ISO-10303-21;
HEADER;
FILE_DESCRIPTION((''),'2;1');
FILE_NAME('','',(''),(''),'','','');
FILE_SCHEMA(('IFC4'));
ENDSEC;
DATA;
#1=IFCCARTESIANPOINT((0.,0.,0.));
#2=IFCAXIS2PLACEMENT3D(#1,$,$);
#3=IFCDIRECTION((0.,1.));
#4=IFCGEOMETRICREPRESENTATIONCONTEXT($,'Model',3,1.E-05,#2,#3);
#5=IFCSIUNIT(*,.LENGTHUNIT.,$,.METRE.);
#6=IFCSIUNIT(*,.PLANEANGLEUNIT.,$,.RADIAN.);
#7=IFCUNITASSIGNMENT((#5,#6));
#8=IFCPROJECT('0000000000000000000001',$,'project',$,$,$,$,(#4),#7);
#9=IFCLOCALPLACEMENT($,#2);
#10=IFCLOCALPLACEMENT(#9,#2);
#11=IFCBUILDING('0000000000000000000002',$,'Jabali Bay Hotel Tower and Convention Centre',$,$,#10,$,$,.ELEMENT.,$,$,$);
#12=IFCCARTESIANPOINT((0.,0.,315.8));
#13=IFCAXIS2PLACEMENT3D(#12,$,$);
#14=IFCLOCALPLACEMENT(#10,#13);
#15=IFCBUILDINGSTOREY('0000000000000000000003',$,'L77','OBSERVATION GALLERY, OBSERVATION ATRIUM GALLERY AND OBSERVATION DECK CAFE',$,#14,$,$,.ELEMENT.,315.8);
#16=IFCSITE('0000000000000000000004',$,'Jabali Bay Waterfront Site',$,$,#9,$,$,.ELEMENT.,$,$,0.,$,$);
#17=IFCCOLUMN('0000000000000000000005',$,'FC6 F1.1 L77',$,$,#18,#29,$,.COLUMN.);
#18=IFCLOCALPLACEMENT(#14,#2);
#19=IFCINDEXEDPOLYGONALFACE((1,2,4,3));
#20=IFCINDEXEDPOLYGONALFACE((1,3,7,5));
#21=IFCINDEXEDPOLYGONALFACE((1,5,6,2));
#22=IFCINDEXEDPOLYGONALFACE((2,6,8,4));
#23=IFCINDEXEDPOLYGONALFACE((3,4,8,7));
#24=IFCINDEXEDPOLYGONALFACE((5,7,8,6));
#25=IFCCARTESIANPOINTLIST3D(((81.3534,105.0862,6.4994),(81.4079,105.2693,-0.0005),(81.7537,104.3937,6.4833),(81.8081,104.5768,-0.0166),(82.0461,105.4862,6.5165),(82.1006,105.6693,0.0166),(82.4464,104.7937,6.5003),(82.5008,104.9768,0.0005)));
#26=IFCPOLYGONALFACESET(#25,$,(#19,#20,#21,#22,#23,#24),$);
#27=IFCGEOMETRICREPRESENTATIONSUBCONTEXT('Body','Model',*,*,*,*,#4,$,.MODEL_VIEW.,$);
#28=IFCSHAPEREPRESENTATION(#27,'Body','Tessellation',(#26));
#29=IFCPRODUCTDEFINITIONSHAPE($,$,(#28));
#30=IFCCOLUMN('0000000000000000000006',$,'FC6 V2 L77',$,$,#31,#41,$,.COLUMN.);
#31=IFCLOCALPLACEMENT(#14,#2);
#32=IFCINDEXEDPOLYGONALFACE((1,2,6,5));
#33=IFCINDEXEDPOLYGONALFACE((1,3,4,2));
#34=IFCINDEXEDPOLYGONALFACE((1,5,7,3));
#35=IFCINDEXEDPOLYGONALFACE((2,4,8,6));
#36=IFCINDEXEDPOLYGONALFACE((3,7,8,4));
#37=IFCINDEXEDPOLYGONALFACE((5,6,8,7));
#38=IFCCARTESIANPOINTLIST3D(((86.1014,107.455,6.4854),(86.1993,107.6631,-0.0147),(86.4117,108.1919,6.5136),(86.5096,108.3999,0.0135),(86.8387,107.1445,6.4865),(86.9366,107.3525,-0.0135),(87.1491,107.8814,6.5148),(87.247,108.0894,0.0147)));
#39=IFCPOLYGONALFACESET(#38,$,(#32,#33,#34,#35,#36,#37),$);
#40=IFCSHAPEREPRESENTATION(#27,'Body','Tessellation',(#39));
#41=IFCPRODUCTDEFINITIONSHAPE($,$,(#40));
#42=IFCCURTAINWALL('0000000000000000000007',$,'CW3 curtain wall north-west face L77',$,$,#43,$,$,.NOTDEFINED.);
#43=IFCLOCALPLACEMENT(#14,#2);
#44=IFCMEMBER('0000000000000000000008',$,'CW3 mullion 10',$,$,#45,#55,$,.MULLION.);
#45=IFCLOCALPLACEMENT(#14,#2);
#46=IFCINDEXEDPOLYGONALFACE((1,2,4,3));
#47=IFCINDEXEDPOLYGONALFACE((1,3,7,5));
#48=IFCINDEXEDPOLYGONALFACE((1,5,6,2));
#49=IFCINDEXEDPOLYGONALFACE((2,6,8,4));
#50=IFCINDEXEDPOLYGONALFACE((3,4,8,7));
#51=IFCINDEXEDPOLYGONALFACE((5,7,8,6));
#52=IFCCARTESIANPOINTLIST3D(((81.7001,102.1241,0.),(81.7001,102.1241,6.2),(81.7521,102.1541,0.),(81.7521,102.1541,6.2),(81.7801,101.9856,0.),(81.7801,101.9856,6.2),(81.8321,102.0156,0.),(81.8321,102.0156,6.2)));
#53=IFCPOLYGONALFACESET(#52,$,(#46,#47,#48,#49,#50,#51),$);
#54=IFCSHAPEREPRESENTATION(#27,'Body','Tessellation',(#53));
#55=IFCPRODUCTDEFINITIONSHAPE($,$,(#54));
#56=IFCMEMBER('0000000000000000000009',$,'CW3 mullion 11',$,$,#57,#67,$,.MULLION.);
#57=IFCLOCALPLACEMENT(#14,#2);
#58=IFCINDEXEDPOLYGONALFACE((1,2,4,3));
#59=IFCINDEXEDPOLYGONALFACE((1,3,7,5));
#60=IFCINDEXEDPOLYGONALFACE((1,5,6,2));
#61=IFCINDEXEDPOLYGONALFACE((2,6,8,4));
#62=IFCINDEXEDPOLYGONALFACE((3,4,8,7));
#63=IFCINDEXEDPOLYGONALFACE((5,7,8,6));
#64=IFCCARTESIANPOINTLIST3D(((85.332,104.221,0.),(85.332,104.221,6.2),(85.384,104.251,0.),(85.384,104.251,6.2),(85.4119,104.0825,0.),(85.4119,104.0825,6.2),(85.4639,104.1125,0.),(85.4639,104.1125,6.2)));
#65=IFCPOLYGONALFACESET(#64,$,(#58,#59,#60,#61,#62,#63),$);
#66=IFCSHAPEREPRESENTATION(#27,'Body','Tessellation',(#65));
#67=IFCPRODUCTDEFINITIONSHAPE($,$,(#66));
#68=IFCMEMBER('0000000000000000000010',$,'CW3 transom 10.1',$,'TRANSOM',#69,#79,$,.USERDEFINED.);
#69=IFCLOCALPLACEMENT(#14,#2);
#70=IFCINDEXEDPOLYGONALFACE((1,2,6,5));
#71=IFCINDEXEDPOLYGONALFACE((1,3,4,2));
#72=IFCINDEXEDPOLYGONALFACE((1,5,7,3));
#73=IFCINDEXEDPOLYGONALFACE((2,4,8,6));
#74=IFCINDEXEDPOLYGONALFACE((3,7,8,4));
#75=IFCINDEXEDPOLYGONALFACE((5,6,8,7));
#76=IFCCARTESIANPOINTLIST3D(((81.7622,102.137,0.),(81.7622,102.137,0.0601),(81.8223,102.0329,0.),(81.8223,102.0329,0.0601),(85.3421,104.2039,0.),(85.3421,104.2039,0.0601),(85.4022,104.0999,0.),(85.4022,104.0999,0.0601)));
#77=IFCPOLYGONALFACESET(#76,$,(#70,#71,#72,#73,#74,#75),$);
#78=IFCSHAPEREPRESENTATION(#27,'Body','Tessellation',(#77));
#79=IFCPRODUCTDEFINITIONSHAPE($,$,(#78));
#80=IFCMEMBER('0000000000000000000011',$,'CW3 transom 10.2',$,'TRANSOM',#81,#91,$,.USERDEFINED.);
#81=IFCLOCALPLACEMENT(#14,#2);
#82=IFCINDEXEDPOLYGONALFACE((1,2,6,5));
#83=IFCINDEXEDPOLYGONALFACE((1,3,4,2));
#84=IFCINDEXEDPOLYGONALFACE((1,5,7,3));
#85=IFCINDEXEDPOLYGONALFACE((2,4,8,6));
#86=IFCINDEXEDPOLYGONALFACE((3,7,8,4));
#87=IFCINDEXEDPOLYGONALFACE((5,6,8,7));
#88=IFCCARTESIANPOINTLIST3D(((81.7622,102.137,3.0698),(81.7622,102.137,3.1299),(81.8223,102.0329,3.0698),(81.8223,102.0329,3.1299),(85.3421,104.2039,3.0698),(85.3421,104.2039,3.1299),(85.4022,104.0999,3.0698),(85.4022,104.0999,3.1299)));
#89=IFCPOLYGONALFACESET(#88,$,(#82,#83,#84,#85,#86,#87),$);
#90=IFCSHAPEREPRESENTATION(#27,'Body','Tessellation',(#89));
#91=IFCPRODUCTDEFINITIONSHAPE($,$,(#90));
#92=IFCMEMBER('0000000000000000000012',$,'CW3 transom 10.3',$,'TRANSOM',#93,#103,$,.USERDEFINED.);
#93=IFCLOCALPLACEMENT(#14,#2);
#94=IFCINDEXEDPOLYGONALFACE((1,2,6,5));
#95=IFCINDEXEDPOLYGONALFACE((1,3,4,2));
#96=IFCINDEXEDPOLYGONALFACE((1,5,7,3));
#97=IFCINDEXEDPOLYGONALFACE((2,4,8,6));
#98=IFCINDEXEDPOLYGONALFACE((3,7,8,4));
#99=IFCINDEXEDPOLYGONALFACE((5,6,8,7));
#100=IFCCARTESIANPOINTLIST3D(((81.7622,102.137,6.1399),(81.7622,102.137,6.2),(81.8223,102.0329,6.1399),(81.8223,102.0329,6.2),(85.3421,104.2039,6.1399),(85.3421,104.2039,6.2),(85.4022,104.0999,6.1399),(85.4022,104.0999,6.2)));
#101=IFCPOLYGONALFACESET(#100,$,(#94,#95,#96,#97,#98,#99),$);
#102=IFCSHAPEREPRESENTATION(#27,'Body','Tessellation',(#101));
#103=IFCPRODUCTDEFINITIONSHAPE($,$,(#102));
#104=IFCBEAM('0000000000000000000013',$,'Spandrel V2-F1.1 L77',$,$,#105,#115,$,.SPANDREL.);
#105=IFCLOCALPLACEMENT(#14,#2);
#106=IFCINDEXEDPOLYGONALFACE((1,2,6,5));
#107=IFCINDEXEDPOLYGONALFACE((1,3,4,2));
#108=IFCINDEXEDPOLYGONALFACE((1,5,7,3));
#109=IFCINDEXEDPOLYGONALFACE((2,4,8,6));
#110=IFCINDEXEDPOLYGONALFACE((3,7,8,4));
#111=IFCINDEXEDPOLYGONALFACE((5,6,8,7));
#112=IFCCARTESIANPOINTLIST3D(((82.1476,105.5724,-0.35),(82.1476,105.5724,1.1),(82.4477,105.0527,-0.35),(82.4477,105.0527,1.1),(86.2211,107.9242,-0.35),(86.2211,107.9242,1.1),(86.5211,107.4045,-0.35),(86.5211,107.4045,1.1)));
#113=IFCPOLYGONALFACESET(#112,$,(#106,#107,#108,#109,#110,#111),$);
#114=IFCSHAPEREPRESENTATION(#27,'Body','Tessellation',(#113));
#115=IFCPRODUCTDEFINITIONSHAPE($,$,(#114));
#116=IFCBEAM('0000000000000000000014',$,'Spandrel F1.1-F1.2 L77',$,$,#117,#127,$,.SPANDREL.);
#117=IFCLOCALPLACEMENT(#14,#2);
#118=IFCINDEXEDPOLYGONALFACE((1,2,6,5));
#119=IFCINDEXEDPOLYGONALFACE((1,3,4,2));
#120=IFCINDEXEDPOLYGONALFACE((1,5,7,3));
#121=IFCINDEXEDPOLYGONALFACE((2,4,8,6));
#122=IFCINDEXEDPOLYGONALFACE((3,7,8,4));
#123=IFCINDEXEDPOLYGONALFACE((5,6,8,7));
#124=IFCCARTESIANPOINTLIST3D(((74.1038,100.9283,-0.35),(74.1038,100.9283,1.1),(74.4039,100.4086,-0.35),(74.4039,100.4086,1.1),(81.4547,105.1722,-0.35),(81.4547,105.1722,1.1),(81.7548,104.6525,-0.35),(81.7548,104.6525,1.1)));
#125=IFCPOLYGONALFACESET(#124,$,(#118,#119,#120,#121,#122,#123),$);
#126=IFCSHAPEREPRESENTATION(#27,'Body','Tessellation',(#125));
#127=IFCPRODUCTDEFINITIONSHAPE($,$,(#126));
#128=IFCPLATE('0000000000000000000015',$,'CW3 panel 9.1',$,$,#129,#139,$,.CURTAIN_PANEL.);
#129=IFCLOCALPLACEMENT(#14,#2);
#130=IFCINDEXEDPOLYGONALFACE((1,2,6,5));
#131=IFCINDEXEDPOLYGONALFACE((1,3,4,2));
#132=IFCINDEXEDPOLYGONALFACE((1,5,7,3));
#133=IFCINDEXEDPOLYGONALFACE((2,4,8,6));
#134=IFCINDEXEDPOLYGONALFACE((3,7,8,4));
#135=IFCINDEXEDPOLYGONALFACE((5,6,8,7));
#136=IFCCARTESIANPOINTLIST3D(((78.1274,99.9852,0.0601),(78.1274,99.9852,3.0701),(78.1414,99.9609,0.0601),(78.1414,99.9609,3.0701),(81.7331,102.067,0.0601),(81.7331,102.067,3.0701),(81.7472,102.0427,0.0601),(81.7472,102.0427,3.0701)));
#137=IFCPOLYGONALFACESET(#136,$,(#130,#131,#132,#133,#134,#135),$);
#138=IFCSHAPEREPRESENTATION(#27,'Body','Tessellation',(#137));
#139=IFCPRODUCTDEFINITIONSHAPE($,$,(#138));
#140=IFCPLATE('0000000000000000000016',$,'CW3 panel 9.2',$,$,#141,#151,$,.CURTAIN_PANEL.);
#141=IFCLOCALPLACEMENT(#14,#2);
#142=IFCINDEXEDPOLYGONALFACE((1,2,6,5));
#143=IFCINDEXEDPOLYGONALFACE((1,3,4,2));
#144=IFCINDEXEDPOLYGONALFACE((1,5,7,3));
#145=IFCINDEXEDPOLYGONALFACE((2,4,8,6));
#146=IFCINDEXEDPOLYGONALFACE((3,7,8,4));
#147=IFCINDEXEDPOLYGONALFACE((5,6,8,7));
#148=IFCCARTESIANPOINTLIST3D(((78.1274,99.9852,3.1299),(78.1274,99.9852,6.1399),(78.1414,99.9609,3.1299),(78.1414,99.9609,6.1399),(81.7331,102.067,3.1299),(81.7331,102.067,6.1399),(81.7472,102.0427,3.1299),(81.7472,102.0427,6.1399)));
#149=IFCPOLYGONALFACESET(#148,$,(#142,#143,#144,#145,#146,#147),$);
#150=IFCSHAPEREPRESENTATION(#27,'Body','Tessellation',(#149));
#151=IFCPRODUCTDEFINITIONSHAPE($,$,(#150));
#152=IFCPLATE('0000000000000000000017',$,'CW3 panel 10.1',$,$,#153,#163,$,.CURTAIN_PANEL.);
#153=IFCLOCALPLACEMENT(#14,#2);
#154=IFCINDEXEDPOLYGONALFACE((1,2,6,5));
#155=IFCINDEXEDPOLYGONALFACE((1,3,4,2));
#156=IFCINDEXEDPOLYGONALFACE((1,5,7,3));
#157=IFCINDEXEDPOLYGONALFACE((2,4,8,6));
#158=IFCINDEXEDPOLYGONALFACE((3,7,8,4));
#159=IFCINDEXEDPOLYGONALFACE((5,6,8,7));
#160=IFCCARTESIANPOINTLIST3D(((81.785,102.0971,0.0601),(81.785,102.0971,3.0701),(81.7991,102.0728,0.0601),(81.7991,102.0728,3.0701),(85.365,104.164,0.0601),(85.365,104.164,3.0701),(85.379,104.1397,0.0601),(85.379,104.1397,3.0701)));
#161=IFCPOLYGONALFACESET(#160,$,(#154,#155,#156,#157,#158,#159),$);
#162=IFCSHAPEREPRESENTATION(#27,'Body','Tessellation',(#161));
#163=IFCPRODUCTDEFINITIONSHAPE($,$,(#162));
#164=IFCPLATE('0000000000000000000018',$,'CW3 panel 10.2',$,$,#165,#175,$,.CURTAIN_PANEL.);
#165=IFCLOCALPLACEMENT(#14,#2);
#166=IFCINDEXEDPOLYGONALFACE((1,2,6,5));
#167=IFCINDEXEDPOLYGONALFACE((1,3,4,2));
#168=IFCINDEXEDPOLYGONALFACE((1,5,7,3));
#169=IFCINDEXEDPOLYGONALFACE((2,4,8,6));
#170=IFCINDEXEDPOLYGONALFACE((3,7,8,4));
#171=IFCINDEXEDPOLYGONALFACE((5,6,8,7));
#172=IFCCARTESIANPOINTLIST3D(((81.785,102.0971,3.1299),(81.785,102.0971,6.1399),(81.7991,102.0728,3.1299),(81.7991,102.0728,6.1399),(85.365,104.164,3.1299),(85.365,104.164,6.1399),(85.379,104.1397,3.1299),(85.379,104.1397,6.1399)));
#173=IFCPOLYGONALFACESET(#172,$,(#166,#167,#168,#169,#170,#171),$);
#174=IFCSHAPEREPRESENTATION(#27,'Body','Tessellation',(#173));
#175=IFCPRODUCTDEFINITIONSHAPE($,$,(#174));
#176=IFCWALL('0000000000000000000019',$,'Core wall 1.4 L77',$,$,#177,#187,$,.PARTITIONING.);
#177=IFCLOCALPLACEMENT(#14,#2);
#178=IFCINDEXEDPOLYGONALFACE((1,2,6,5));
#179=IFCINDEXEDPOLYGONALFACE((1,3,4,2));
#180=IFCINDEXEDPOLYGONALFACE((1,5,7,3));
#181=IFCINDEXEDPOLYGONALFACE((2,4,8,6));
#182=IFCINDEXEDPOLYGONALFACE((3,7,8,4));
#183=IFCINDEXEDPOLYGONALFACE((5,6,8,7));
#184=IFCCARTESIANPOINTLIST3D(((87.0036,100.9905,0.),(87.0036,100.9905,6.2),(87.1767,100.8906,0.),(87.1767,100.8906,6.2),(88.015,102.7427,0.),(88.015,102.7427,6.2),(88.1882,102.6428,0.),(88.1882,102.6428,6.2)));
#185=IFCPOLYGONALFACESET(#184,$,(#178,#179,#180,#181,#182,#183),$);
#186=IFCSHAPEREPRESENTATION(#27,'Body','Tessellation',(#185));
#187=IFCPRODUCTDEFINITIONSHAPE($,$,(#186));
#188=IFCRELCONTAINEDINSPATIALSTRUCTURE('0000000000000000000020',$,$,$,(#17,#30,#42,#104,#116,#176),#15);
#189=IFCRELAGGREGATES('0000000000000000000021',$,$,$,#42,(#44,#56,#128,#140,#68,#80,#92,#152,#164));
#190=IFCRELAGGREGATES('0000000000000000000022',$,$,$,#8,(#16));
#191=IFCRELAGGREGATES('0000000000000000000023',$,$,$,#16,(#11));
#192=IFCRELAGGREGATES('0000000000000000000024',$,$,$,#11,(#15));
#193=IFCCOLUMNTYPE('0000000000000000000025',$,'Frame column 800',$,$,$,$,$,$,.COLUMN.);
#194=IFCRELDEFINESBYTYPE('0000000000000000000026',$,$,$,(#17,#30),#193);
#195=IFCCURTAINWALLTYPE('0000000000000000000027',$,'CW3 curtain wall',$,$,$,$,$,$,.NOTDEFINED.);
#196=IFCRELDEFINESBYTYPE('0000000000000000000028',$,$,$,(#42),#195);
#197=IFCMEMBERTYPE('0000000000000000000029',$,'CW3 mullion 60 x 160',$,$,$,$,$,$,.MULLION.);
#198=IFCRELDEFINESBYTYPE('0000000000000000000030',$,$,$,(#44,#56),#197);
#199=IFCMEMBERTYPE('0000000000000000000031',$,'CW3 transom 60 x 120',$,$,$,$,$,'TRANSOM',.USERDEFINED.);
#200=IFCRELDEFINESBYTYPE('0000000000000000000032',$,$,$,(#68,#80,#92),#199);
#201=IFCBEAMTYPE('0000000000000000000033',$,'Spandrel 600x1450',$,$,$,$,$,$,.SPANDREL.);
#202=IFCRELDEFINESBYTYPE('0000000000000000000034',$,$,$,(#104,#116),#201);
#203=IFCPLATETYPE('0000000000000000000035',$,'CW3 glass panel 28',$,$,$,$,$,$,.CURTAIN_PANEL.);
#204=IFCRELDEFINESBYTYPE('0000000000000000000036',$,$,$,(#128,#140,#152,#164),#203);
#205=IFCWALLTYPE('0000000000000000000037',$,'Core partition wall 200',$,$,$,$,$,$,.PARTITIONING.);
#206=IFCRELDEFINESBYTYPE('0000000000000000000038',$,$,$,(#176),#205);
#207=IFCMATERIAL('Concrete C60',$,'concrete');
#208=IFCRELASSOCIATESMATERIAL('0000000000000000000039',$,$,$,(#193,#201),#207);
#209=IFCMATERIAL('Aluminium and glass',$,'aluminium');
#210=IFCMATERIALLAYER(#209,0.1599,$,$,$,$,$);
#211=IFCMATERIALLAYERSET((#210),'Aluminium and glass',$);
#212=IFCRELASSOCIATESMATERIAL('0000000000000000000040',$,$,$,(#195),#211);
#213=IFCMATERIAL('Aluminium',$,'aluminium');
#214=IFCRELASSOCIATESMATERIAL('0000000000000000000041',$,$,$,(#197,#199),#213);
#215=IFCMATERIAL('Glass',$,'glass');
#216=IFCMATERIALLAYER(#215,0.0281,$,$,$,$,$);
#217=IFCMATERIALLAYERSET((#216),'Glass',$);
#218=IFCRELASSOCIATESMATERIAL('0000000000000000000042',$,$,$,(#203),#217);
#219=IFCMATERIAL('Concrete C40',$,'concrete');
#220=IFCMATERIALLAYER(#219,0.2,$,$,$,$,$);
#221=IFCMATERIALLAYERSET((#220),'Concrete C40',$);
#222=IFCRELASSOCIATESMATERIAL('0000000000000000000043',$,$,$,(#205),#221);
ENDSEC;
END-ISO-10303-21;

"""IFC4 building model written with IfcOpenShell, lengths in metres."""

from ifc_helpers import new_model, si_unit, direction, frame, frame_2d, origin, origin_2d, place, context, subcontext, project, spatial, rectangle, extrude, material, layer, layer_set, material_profile, profile_set, type_object, element, aggregate, save


model = new_model("IFC4")

# Units and contexts
model_context = context("Model", 3, precision=1e-05, world=origin(), true_north=direction((0.0, 1.0)))
body_context = subcontext(model_context, "Body", "Model", "MODEL_VIEW")
ifc_project = project(units=[si_unit("LENGTHUNIT", "METRE"), si_unit("PLANEANGLEUNIT", "RADIAN")], contexts=[model_context])

# Site, building, storey
site_placement = place(None, origin())
site = spatial("IfcSite", under=ifc_project, at=site_placement, Name="Jabali Bay Waterfront Site", CompositionType="ELEMENT", RefElevation=0.0)
building_placement = place(site_placement, origin())
building = spatial("IfcBuilding", under=site, at=building_placement, Name="Jabali Bay Hotel Tower and Convention Centre", CompositionType="ELEMENT")
storey_placement = place(building_placement, frame((0.0, 0.0, 315.8)))
storey = spatial("IfcBuildingStorey", under=building, at=storey_placement, Name="L77", Description="OBSERVATION GALLERY, OBSERVATION ATRIUM GALLERY AND OBSERVATION DECK CAFE", CompositionType="ELEMENT", Elevation=315.8)

# Columns
ifc_material_1 = material(Name="Concrete C60", Category="concrete")
ifc_material_profile_1 = material_profile(ifc_material_1, rectangle(XDim=0.8, YDim=0.8, at=origin_2d()), Name="Frame column 800")
ifc_profile_set_1 = profile_set([ifc_material_profile_1], Name="Concrete C60")
column_type = type_object("IfcColumnType", Name="Frame column 800", PredefinedType="COLUMN", material=ifc_profile_set_1)
column_1_placement = place(storey_placement, frame((81.9543, 105.123, 0.0), z_axis=(-0.008372, -0.028158, 0.999568), x_axis=(0.865808, 0.499921, 0.021335)))
element("IfcColumn", 1, at=column_1_placement, inside=storey, type_object=column_type, Name="FC6 F1.1 L77", PredefinedType="COLUMN", context=body_context, shape_type="SweptSolid", body=[
    extrude(rectangle(XDim=0.8, YDim=0.8, at=origin_2d()), origin(), (0.0, 0.0, 1.0), 6.5027),
])
column_2_placement = place(storey_placement, frame((86.7231, 107.8762, 0.0), z_axis=(-0.015052, -0.031981, 0.999375), x_axis=(0.921589, -0.388165, 0.001459)))
element("IfcColumn", 2, at=column_2_placement, inside=storey, type_object=column_type, Name="FC6 V2 L77", PredefinedType="COLUMN", context=body_context, shape_type="SweptSolid", body=[
    extrude(rectangle(XDim=0.8, YDim=0.8, at=origin_2d()), origin(), (0.0, 0.0, 1.0), 6.5042),
])

# Curtain wall, members
ifc_material_2 = material(Name="Aluminium and glass", Category="aluminium")
ifc_layer_1 = layer(ifc_material_2, 0.1599)
ifc_layer_set_1 = layer_set([ifc_layer_1], Name="Aluminium and glass")
curtain_wall_type = type_object("IfcCurtainWallType", Name="CW3 curtain wall", PredefinedType="NOTDEFINED", material=ifc_layer_set_1)
curtain_wall_placement = place(storey_placement, origin())
curtain_wall = element("IfcCurtainWall", 3, at=curtain_wall_placement, inside=storey, type_object=curtain_wall_type, Name="CW3 curtain wall north-west face L77", PredefinedType="NOTDEFINED")
ifc_material_3 = material(Name="Aluminium", Category="aluminium")
ifc_material_profile_2 = material_profile(ifc_material_3, rectangle(XDim=0.1599, YDim=0.0601, at=origin_2d()), Name="CW3 mullion 60 x 160")
ifc_profile_set_2 = profile_set([ifc_material_profile_2], Name="Aluminium")
member_type_1 = type_object("IfcMemberType", Name="CW3 mullion 60 x 160", PredefinedType="MULLION", material=ifc_profile_set_2)
member_1_placement = place(storey_placement, frame((81.7661, 102.0698, 0.0), z_axis=(0.0, 0.0, 1.0), x_axis=(-0.5, 0.866025, 0.0)))
member_1 = element("IfcMember", 4, at=member_1_placement, type_object=member_type_1, Name="CW3 mullion 10", PredefinedType="MULLION", context=body_context, shape_type="SweptSolid", body=[
    extrude(rectangle(XDim=0.1599, YDim=0.0601, at=origin_2d()), origin(), (0.0, 0.0, 1.0), 6.2),
])
member_2_placement = place(storey_placement, frame((85.3979, 104.1667, 0.0), z_axis=(0.0, 0.0, 1.0), x_axis=(-0.5, 0.866025, 0.0)))
member_2 = element("IfcMember", 5, at=member_2_placement, type_object=member_type_1, Name="CW3 mullion 11", PredefinedType="MULLION", context=body_context, shape_type="SweptSolid", body=[
    extrude(rectangle(XDim=0.1599, YDim=0.0601, at=origin_2d()), origin(), (0.0, 0.0, 1.0), 6.2),
])
ifc_material_profile_3 = material_profile(ifc_material_3, rectangle(XDim=0.1201, YDim=0.0601, at=origin_2d()), Name="CW3 transom 60 x 120")
ifc_profile_set_3 = profile_set([ifc_material_profile_3], Name="Aluminium")
member_type_2 = type_object("IfcMemberType", Name="CW3 transom 60 x 120", ElementType="TRANSOM", PredefinedType="USERDEFINED", material=ifc_profile_set_3)
member_3_placement = place(storey_placement, frame((81.7922, 102.085, 0.03), z_axis=(0.866017, 0.500014, 0.0), x_axis=(-0.500014, 0.866017, 0.0)))
member_3 = element("IfcMember", 6, at=member_3_placement, type_object=member_type_2, Name="CW3 transom 10.1", ObjectType="TRANSOM", PredefinedType="USERDEFINED", context=body_context, shape_type="SweptSolid", body=[
    extrude(rectangle(XDim=0.1201, YDim=0.0601, at=origin_2d()), origin(), (0.0, 0.0, 1.0), 4.1338),
])
member_4_placement = place(storey_placement, frame((81.7922, 102.085, 3.0999), z_axis=(0.866017, 0.500014, 0.0), x_axis=(-0.500014, 0.866017, 0.0)))
member_4 = element("IfcMember", 7, at=member_4_placement, type_object=member_type_2, Name="CW3 transom 10.2", ObjectType="TRANSOM", PredefinedType="USERDEFINED", context=body_context, shape_type="SweptSolid", body=[
    extrude(rectangle(XDim=0.1201, YDim=0.0601, at=origin_2d()), origin(), (0.0, 0.0, 1.0), 4.1338),
])
member_5_placement = place(storey_placement, frame((81.7922, 102.085, 6.1699), z_axis=(0.866017, 0.500014, 0.0), x_axis=(-0.500014, 0.866017, 0.0)))
member_5 = element("IfcMember", 8, at=member_5_placement, type_object=member_type_2, Name="CW3 transom 10.3", ObjectType="TRANSOM", PredefinedType="USERDEFINED", context=body_context, shape_type="SweptSolid", body=[
    extrude(rectangle(XDim=0.1201, YDim=0.0601, at=origin_2d()), origin(), (0.0, 0.0, 1.0), 4.1338),
])

# Beams
ifc_material_profile_4 = material_profile(ifc_material_1, rectangle(XDim=0.6001, YDim=1.45, at=origin_2d()), Name="Spandrel 600x1450")
ifc_profile_set_4 = profile_set([ifc_material_profile_4], Name="Concrete C60")
beam_type = type_object("IfcBeamType", Name="Spandrel 600x1450", PredefinedType="SPANDREL", material=ifc_profile_set_4)
beam_1_placement = place(storey_placement, frame((86.3711, 107.6643, 0.375), z_axis=(-0.866027, -0.499997, 0.0), x_axis=(0.499997, -0.866027, 0.0)))
element("IfcBeam", 9, at=beam_1_placement, inside=storey, type_object=beam_type, Name="Spandrel V2-F1.1 L77", PredefinedType="SPANDREL", context=body_context, shape_type="SweptSolid", body=[
    extrude(rectangle(XDim=0.6001, YDim=1.45, at=origin_2d()), origin(), (0.0, 0.0, 1.0), 4.7036),
])
beam_2_placement = place(storey_placement, frame((81.6047, 104.9124, 0.375), z_axis=(-0.866031, -0.499991, 0.0), x_axis=(0.499991, -0.866031, 0.0)))
element("IfcBeam", 10, at=beam_2_placement, inside=storey, type_object=beam_type, Name="Spandrel F1.1-F1.2 L77", PredefinedType="SPANDREL", context=body_context, shape_type="SweptSolid", body=[
    extrude(rectangle(XDim=0.6001, YDim=1.45, at=origin_2d()), origin(), (0.0, 0.0, 1.0), 8.488),
])

# Plates
ifc_material_4 = material(Name="Glass", Category="glass")
ifc_layer_2 = layer(ifc_material_4, 0.0281)
ifc_layer_set_2 = layer_set([ifc_layer_2], Name="Glass")
plate_type = type_object("IfcPlateType", Name="CW3 glass panel 28", PredefinedType="CURTAIN_PANEL", material=ifc_layer_set_2)
plate_1_placement = place(storey_placement, frame((79.9373, 101.0139, 0.0601), z_axis=(0.0, 0.0, 1.0), x_axis=(0.866025, 0.5, 0.0)))
plate_1 = element("IfcPlate", 11, at=plate_1_placement, type_object=plate_type, Name="CW3 panel 9.1", PredefinedType="CURTAIN_PANEL", context=body_context, shape_type="SweptSolid", body=[
    extrude(rectangle(XDim=4.1636, YDim=0.0281, at=origin_2d()), origin(), (0.0, 0.0, 1.0), 3.01),
])
plate_2_placement = place(storey_placement, frame((79.9373, 101.0139, 3.1299), z_axis=(0.0, 0.0, 1.0), x_axis=(0.866025, 0.5, 0.0)))
plate_2 = element("IfcPlate", 12, at=plate_2_placement, type_object=plate_type, Name="CW3 panel 9.2", PredefinedType="CURTAIN_PANEL", context=body_context, shape_type="SweptSolid", body=[
    extrude(rectangle(XDim=4.1636, YDim=0.0281, at=origin_2d()), origin(), (0.0, 0.0, 1.0), 3.01),
])
plate_3_placement = place(storey_placement, frame((83.582, 103.1184, 0.0601), z_axis=(0.0, 0.0, 1.0), x_axis=(0.866025, 0.5, 0.0)))
plate_3 = element("IfcPlate", 13, at=plate_3_placement, type_object=plate_type, Name="CW3 panel 10.1", PredefinedType="CURTAIN_PANEL", context=body_context, shape_type="SweptSolid", body=[
    extrude(rectangle(XDim=4.1338, YDim=0.0281, at=origin_2d()), origin(), (0.0, 0.0, 1.0), 3.01),
])
plate_4_placement = place(storey_placement, frame((83.582, 103.1184, 3.1299), z_axis=(0.0, 0.0, 1.0), x_axis=(0.866025, 0.5, 0.0)))
plate_4 = element("IfcPlate", 14, at=plate_4_placement, type_object=plate_type, Name="CW3 panel 10.2", PredefinedType="CURTAIN_PANEL", context=body_context, shape_type="SweptSolid", body=[
    extrude(rectangle(XDim=4.1338, YDim=0.0281, at=origin_2d()), origin(), (0.0, 0.0, 1.0), 3.01),
])
aggregate(curtain_wall, [member_1, member_2, plate_1, plate_2, member_3, member_4, member_5, plate_3, plate_4])

# Wall
ifc_material_5 = material(Name="Concrete C40", Category="concrete")
ifc_layer_3 = layer(ifc_material_5, 0.2)
ifc_layer_set_3 = layer_set([ifc_layer_3], Name="Concrete C40")
wall_type_1 = type_object("IfcWallType", Name="Core partition wall 200", PredefinedType="PARTITIONING", material=ifc_layer_set_3)
wall_1_placement = place(storey_placement, frame((87.0901, 100.9404, 0.0), z_axis=(0.0, 0.0, 1.0), x_axis=(0.499942, 0.866059, 0.0)))
element("IfcWall", 15, at=wall_1_placement, inside=storey, type_object=wall_type_1, Name="Core wall 1.4 L77", PredefinedType="PARTITIONING", context=body_context, shape_type="SweptSolid", body=[
    extrude(rectangle(XDim=2.0232, YDim=0.2, at=frame_2d((1.0117, 0.0))), origin(), (0.0, 0.0, 1.0), 6.2),
])

save(model, "model.ifc")
